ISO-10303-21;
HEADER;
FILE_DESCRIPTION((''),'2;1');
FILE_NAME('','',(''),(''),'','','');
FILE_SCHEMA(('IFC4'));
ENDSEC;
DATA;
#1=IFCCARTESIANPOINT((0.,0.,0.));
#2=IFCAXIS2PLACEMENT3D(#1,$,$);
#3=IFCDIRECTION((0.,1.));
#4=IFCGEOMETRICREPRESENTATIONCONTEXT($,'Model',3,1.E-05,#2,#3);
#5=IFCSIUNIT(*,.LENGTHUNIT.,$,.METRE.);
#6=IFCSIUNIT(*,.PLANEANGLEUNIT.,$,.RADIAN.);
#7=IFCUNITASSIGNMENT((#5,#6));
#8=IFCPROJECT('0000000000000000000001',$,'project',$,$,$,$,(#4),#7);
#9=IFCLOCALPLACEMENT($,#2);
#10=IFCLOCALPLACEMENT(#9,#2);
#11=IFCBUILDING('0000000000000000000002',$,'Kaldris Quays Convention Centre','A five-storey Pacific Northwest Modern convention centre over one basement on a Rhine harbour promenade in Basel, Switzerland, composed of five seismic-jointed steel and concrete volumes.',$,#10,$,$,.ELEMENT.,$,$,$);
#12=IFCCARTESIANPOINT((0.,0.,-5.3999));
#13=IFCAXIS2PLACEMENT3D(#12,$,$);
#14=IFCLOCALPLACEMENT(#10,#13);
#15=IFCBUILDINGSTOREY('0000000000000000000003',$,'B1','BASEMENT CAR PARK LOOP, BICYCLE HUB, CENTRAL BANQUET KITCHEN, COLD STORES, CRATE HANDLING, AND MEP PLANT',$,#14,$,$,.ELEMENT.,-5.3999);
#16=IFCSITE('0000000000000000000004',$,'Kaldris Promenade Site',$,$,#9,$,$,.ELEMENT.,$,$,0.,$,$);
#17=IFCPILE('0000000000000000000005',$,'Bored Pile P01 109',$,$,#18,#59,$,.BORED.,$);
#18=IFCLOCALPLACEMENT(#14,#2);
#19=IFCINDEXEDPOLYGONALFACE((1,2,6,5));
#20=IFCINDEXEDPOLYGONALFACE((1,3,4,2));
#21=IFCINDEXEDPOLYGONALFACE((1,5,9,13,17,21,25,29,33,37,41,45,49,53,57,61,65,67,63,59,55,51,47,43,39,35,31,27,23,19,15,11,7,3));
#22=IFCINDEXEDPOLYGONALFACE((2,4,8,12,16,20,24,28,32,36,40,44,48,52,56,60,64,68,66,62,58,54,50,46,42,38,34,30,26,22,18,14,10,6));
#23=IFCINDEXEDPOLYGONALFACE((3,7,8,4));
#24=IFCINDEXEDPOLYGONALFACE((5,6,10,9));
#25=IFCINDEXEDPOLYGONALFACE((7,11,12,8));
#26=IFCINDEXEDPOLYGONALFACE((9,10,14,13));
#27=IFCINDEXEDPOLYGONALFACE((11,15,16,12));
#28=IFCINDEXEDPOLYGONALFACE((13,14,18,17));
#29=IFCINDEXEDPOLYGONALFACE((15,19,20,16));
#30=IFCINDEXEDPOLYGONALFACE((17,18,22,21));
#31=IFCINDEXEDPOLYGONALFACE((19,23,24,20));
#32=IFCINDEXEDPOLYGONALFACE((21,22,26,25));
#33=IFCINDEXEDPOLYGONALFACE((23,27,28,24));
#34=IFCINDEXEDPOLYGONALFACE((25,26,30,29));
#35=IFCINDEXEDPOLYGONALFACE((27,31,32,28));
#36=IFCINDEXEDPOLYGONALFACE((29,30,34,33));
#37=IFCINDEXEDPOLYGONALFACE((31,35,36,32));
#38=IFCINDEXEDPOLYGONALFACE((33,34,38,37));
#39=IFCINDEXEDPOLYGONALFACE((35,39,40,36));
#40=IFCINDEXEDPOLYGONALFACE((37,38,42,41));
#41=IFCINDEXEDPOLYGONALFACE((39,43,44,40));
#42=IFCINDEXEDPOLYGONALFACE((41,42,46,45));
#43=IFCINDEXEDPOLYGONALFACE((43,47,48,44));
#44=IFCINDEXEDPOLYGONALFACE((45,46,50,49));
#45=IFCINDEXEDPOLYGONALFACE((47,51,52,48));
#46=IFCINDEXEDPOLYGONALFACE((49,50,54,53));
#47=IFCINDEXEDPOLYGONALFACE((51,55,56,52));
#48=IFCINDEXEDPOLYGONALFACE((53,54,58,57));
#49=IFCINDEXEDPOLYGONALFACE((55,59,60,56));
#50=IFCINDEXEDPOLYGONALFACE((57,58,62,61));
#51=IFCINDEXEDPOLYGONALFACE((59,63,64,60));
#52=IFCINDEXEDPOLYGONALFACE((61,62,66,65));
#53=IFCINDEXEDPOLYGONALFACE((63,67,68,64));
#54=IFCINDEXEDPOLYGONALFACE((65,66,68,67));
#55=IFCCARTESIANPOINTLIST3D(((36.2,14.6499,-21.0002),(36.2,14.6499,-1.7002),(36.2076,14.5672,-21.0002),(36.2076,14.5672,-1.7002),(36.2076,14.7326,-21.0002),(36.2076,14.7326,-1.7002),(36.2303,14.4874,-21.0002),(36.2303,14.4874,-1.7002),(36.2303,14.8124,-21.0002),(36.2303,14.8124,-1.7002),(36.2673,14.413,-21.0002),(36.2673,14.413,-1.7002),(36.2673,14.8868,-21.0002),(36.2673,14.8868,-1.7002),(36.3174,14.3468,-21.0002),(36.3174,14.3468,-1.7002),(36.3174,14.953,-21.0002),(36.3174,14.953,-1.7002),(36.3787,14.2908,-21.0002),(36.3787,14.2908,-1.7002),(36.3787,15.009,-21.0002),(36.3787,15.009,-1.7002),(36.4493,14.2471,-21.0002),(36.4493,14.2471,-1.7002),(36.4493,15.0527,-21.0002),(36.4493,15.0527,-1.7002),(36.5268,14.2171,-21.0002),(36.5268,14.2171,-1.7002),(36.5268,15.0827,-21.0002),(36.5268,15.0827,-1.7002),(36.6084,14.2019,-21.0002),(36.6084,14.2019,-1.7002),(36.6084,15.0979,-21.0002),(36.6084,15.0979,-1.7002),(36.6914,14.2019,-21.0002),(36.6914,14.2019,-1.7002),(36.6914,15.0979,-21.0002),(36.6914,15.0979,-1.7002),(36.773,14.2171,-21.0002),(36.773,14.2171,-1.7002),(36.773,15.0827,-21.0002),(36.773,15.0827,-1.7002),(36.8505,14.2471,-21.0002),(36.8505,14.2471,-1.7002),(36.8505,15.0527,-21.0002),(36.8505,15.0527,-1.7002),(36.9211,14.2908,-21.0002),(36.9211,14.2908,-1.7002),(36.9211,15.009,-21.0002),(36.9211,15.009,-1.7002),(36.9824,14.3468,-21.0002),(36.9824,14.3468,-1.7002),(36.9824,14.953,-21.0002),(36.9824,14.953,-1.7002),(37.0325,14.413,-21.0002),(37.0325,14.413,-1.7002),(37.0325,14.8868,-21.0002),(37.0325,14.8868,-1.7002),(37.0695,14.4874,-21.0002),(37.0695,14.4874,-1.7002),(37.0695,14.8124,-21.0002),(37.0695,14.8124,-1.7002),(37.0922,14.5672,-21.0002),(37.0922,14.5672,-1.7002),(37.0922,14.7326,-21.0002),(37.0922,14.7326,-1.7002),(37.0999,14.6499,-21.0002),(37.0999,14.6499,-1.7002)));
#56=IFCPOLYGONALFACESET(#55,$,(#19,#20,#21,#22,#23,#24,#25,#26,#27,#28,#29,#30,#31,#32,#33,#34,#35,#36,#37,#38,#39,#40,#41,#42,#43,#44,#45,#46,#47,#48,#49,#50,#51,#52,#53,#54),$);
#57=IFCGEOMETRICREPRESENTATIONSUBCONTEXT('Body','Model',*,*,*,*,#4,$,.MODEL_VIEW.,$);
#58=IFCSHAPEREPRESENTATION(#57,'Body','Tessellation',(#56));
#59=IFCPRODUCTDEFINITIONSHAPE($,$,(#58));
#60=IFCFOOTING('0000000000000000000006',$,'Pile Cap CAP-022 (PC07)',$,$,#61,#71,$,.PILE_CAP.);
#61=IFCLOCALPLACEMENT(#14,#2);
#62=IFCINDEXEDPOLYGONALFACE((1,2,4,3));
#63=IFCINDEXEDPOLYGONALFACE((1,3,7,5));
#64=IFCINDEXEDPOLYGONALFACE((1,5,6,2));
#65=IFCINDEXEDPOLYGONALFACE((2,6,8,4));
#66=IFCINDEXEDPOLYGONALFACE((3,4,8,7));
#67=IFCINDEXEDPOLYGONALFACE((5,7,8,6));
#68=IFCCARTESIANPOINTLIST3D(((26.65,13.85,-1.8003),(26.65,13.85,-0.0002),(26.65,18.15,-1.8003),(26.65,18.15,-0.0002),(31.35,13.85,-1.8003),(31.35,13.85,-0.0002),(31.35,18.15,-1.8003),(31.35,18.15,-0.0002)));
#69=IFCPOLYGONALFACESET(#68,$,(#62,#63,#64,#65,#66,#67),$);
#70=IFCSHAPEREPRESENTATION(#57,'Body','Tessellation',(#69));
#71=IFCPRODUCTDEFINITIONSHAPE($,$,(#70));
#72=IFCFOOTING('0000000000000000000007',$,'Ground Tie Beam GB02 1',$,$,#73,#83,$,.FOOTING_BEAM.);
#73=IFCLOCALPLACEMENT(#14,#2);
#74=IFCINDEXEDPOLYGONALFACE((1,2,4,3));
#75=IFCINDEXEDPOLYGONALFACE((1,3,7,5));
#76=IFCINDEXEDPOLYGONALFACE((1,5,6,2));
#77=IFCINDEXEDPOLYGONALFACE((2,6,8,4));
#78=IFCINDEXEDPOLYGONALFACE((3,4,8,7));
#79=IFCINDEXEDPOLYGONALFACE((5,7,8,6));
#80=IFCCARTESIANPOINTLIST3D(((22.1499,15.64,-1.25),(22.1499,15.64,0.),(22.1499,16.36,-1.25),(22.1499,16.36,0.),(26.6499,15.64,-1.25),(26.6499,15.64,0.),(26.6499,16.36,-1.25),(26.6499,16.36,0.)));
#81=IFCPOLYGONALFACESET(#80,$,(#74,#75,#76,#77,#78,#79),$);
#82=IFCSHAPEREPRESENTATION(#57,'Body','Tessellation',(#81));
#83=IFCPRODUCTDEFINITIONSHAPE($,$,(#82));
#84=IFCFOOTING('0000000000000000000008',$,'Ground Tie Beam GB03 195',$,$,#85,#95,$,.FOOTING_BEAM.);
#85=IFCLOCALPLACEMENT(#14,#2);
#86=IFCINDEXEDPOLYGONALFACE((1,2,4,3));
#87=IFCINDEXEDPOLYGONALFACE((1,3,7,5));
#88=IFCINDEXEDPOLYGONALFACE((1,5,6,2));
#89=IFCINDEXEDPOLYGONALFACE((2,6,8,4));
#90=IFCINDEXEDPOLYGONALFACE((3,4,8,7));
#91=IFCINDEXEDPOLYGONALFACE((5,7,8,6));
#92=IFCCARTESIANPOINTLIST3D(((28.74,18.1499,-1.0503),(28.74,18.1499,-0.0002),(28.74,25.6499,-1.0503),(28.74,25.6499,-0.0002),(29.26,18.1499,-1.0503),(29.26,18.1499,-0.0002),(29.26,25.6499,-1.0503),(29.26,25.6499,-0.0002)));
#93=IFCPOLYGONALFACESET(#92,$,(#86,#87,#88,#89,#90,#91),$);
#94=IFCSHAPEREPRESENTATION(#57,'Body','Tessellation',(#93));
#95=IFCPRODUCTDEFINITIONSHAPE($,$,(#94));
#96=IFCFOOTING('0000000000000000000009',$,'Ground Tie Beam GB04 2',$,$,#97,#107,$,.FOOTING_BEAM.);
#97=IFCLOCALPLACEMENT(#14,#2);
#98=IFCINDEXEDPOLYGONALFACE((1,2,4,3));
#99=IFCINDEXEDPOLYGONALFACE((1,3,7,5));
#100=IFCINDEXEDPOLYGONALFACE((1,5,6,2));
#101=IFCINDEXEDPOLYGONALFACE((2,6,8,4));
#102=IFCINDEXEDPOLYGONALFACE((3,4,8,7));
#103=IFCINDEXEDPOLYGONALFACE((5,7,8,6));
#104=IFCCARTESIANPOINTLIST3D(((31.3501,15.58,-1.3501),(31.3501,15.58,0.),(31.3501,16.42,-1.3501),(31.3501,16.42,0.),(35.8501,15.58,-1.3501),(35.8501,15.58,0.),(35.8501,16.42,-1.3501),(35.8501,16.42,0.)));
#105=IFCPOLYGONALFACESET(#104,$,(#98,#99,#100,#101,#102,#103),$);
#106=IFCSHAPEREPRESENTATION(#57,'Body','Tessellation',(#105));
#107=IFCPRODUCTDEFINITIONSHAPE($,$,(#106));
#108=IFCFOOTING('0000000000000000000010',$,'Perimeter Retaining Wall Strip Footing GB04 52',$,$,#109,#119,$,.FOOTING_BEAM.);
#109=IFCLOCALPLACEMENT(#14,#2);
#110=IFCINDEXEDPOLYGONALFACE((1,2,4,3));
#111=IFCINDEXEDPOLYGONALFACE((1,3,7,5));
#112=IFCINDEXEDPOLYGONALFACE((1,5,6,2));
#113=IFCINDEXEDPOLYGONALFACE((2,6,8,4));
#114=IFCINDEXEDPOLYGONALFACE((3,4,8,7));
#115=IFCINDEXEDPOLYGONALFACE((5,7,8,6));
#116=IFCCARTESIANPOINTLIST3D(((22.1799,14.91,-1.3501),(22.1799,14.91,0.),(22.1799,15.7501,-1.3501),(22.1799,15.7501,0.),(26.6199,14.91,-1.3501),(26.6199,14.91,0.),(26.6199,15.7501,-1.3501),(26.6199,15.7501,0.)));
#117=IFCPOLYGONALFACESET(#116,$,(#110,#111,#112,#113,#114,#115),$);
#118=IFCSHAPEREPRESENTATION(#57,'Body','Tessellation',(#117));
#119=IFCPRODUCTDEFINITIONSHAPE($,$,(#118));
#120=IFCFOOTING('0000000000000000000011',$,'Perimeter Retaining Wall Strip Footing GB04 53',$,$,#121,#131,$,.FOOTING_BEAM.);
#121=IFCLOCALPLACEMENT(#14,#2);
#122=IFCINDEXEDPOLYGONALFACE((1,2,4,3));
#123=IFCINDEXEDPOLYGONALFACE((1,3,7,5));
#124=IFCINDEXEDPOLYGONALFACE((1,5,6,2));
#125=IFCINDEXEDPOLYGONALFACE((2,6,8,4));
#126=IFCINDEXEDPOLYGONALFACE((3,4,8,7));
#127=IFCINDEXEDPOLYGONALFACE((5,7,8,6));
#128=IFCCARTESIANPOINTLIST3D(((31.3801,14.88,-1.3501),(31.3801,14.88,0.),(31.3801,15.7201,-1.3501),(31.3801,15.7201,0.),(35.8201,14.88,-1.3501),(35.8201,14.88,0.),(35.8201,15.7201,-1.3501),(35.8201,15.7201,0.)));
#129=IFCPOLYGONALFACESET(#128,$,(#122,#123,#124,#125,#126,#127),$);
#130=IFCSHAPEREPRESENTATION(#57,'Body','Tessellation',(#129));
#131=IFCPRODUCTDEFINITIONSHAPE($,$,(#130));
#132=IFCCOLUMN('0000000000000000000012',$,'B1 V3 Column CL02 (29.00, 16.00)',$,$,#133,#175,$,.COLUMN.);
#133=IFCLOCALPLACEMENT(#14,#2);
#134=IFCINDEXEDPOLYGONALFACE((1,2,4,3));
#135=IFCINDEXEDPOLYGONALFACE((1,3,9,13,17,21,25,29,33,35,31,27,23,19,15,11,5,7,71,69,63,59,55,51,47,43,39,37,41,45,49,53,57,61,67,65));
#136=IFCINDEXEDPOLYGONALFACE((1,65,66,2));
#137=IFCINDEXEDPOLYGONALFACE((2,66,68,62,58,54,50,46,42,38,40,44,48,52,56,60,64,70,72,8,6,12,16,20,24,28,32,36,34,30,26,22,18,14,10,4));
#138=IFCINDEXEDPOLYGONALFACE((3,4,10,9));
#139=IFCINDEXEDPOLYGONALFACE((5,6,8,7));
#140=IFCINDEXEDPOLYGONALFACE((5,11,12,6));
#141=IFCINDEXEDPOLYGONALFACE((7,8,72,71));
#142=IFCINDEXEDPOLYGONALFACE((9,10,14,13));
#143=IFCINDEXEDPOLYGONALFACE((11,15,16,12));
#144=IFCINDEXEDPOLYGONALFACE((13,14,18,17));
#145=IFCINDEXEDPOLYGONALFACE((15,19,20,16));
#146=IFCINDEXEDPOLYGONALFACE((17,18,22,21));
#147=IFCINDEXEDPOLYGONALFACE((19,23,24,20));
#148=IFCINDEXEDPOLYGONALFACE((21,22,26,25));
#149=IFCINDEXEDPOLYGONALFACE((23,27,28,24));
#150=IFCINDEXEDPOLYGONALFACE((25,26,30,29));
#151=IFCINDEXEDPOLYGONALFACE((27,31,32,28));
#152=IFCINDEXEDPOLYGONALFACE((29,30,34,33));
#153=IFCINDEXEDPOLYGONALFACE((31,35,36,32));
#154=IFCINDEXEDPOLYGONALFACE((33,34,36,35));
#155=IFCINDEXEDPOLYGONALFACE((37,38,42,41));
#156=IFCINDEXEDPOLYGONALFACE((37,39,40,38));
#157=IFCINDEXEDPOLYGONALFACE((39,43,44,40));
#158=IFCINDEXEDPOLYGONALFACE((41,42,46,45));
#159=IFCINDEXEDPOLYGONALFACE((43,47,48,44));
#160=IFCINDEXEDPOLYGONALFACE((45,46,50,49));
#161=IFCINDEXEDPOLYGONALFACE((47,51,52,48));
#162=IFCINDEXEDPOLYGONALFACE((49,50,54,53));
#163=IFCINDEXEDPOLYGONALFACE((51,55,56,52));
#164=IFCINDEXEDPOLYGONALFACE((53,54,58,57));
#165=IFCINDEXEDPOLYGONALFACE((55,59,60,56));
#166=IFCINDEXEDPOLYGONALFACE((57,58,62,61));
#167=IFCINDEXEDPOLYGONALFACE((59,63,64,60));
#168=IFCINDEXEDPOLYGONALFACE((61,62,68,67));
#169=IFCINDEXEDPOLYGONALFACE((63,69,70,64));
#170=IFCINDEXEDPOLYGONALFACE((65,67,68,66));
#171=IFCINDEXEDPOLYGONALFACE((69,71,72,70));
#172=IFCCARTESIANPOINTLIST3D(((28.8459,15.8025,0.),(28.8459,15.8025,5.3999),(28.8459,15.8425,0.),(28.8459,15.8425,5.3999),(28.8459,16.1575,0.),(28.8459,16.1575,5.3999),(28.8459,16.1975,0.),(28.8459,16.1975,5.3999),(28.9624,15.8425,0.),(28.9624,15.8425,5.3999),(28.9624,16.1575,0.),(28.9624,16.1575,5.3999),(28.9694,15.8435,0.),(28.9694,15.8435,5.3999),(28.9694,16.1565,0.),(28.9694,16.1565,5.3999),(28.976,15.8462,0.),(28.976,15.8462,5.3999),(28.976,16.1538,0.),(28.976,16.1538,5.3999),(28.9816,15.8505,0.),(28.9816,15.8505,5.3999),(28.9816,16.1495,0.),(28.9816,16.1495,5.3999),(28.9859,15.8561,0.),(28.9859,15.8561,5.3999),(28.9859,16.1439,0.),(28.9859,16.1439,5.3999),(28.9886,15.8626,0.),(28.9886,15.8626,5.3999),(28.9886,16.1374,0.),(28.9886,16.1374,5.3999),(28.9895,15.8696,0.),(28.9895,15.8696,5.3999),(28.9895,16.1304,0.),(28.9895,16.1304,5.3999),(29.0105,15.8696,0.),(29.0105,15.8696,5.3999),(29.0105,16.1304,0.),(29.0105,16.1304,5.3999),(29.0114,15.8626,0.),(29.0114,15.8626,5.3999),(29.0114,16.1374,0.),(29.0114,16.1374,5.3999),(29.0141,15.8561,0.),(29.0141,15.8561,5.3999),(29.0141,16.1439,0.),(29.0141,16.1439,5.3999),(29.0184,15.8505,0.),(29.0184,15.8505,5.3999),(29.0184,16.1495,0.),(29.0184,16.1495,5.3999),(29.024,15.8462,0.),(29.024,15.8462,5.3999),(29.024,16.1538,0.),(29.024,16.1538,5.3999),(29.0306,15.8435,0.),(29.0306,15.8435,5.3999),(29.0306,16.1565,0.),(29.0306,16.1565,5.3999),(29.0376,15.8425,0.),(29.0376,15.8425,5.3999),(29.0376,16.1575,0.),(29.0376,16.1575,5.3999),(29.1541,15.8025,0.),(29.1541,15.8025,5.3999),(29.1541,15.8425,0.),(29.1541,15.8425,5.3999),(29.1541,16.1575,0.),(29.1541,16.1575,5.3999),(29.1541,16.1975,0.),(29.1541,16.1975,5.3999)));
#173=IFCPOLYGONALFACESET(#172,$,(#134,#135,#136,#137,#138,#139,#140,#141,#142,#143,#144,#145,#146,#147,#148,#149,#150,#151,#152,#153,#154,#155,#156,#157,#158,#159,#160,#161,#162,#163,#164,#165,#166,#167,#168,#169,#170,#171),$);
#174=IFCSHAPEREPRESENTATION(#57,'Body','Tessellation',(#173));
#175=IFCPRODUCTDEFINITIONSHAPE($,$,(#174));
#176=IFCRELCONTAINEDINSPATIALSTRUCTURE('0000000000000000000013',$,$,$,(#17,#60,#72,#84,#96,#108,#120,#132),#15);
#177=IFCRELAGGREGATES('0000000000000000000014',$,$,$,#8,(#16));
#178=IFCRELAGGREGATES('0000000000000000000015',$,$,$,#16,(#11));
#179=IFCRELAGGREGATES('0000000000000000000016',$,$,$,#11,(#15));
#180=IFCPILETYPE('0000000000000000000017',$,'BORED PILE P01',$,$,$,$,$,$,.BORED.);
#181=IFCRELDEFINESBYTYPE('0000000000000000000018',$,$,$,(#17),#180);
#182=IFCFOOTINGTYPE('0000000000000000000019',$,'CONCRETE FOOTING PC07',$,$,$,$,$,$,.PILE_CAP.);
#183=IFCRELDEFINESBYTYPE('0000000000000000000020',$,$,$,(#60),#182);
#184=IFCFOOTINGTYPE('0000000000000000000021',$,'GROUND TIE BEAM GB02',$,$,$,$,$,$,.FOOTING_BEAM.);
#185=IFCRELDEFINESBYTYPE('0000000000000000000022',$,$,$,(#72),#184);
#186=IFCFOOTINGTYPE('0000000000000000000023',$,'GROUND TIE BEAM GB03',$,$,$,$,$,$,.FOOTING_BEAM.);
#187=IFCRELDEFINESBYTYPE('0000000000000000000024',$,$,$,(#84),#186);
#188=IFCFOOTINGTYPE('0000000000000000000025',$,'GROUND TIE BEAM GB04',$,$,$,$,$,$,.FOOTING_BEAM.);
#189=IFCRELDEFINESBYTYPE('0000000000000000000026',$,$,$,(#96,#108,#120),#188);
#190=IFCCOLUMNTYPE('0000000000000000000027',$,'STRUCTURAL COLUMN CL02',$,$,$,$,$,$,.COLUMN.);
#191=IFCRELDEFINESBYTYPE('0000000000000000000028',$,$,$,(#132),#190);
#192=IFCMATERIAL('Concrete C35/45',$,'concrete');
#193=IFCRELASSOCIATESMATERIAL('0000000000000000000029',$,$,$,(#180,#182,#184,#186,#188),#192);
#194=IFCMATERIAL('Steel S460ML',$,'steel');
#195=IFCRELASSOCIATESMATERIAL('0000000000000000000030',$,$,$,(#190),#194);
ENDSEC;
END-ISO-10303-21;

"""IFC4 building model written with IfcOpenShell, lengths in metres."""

from ifc_helpers import new_model, si_unit, direction, frame, origin, origin_2d, place, context, subcontext, project, spatial, rectangle, circle, i_section, extrude, material, material_profile, profile_set, type_object, element, save


model = new_model("IFC4")

# Units and contexts
model_context = context("Model", 3, precision=1e-05, world=origin(), true_north=direction((0.0, 1.0)))
body_context = subcontext(model_context, "Body", "Model", "MODEL_VIEW")
ifc_project = project(units=[si_unit("LENGTHUNIT", "METRE"), si_unit("PLANEANGLEUNIT", "RADIAN")], contexts=[model_context])

# Site, building, storey
site_placement = place(None, origin())
site = spatial("IfcSite", under=ifc_project, at=site_placement, Name="Kaldris Promenade Site", CompositionType="ELEMENT", RefElevation=0.0)
building_placement = place(site_placement, origin())
building = spatial("IfcBuilding", under=site, at=building_placement, Name="Kaldris Quays Convention Centre", Description="A five-storey Pacific Northwest Modern convention centre over one basement on a Rhine harbour promenade in Basel, Switzerland, composed of five seismic-jointed steel and concrete volumes.", CompositionType="ELEMENT")
storey_placement = place(building_placement, frame((0.0, 0.0, -5.3999)))
storey = spatial("IfcBuildingStorey", under=building, at=storey_placement, Name="B1", Description="BASEMENT CAR PARK LOOP, BICYCLE HUB, CENTRAL BANQUET KITCHEN, COLD STORES, CRATE HANDLING, AND MEP PLANT", CompositionType="ELEMENT", Elevation=-5.3999)

# Pile
ifc_material_1 = material(Name="Concrete C35/45", Category="concrete")
ifc_material_profile_1 = material_profile(ifc_material_1, circle(Radius=0.45, at=origin_2d()), Name="BORED PILE D900")
ifc_profile_set_1 = profile_set([ifc_material_profile_1], Name="Concrete C35/45")
pile_type = type_object("IfcPileType", Name="BORED PILE P01", PredefinedType="BORED", material=ifc_profile_set_1)
for number, where, z_axis, x_axis, name in (
    (1, (36.6499, 14.6499, -1.7002), (0.0, 0.0, -1.0), (1.0, 0.0, 0.0), "Bored Pile P01 109"),
):
    element("IfcPile", number, at=place(storey_placement, frame(where, z_axis=z_axis, x_axis=x_axis)), inside=storey, type_object=pile_type, Name=name, PredefinedType="BORED", context=body_context, shape_type="SweptSolid", body=[
        extrude(circle(Radius=0.45, at=origin_2d()), origin(), (0.0, 0.0, 1.0), 19.3),
    ])

# Footings
footing_type_1 = type_object("IfcFootingType", Name="CONCRETE FOOTING PC07", PredefinedType="PILE_CAP", material=ifc_material_1)
footing_1_placement = place(storey_placement, frame((29.0, 16.0, -1.8003), z_axis=(0.0, 0.0, 1.0), x_axis=(1.0, 0.0, 0.0)))
element("IfcFooting", 2, at=footing_1_placement, inside=storey, type_object=footing_type_1, Name="Pile Cap CAP-022 (PC07)", PredefinedType="PILE_CAP", context=body_context, shape_type="SweptSolid", body=[
    extrude(rectangle(XDim=4.7, YDim=4.3, at=origin_2d()), origin(), (0.0, 0.0, 1.0), 1.8),
])
footing_type_2 = type_object("IfcFootingType", Name="GROUND TIE BEAM GB02", PredefinedType="FOOTING_BEAM", material=ifc_material_1)
footing_2_placement = place(storey_placement, frame((24.3999, 16.0, -1.25), z_axis=(0.0, 0.0, 1.0), x_axis=(1.0, 0.0, 0.0)))
element("IfcFooting", 3, at=footing_2_placement, inside=storey, type_object=footing_type_2, Name="Ground Tie Beam GB02 1", PredefinedType="FOOTING_BEAM", context=body_context, shape_type="SweptSolid", body=[
    extrude(rectangle(XDim=4.5, YDim=0.72, at=origin_2d()), origin(), (0.0, 0.0, 1.0), 1.25),
])
footing_type_3 = type_object("IfcFootingType", Name="GROUND TIE BEAM GB03", PredefinedType="FOOTING_BEAM", material=ifc_material_1)
footing_3_placement = place(storey_placement, frame((29.0, 21.8999, -1.0503), z_axis=(0.0, 0.0, 1.0), x_axis=(1.0, 0.0, 0.0)))
element("IfcFooting", 4, at=footing_3_placement, inside=storey, type_object=footing_type_3, Name="Ground Tie Beam GB03 195", PredefinedType="FOOTING_BEAM", context=body_context, shape_type="SweptSolid", body=[
    extrude(rectangle(XDim=0.52, YDim=7.5, at=origin_2d()), origin(), (0.0, 0.0, 1.0), 1.05),
])
footing_type_4 = type_object("IfcFootingType", Name="GROUND TIE BEAM GB04", PredefinedType="FOOTING_BEAM", material=ifc_material_1)
footing_4_placement = place(storey_placement, frame((33.6001, 16.0, -1.3501), z_axis=(0.0, 0.0, 1.0), x_axis=(1.0, 0.0, 0.0)))
element("IfcFooting", 5, at=footing_4_placement, inside=storey, type_object=footing_type_4, Name="Ground Tie Beam GB04 2", PredefinedType="FOOTING_BEAM", context=body_context, shape_type="SweptSolid", body=[
    extrude(rectangle(XDim=4.5, YDim=0.8401, at=origin_2d()), origin(), (0.0, 0.0, 1.0), 1.3501),
])
for number, where, z_axis, x_axis, name in (
    (6, (24.3999, 15.3301, -1.3501), (0.0, 0.0, 1.0), (1.0, 0.0, 0.0), "Perimeter Retaining Wall Strip Footing GB04 52"),
    (7, (33.6001, 15.3, -1.3501), (0.0, 0.0, 1.0), (1.0, 0.0, 0.0), "Perimeter Retaining Wall Strip Footing GB04 53"),
):
    element("IfcFooting", number, at=place(storey_placement, frame(where, z_axis=z_axis, x_axis=x_axis)), inside=storey, type_object=footing_type_4, Name=name, PredefinedType="FOOTING_BEAM", context=body_context, shape_type="SweptSolid", body=[
        extrude(rectangle(XDim=4.4399, YDim=0.8401, at=origin_2d()), origin(), (0.0, 0.0, 1.0), 1.3501),
    ])

# Column
ifc_material_2 = material(Name="Steel S460ML", Category="steel")
ifc_material_profile_2 = material_profile(ifc_material_2, i_section(OverallWidth=0.3081, OverallDepth=0.395, WebThickness=0.021, FlangeThickness=0.04, FilletRadius=0.0271, at=origin_2d()), Name="HEM 360")
ifc_profile_set_2 = profile_set([ifc_material_profile_2], Name="Steel S460ML")
column_type = type_object("IfcColumnType", Name="STRUCTURAL COLUMN CL02", PredefinedType="COLUMN", material=ifc_profile_set_2)
column_placement = place(storey_placement, frame((29.0, 16.0, 0.0), z_axis=(0.0, 0.0, 1.0), x_axis=(1.0, 0.0, 0.0)))
element("IfcColumn", 8, at=column_placement, inside=storey, type_object=column_type, Name="B1 V3 Column CL02 (29.00, 16.00)", PredefinedType="COLUMN", context=body_context, shape_type="SweptSolid", body=[
    extrude(i_section(OverallWidth=0.3081, OverallDepth=0.395, WebThickness=0.021, FlangeThickness=0.04, FilletRadius=0.0271, at=origin_2d()), origin(), (0.0, 0.0, 1.0), 5.3999),
])

save(model, "model.ifc")
